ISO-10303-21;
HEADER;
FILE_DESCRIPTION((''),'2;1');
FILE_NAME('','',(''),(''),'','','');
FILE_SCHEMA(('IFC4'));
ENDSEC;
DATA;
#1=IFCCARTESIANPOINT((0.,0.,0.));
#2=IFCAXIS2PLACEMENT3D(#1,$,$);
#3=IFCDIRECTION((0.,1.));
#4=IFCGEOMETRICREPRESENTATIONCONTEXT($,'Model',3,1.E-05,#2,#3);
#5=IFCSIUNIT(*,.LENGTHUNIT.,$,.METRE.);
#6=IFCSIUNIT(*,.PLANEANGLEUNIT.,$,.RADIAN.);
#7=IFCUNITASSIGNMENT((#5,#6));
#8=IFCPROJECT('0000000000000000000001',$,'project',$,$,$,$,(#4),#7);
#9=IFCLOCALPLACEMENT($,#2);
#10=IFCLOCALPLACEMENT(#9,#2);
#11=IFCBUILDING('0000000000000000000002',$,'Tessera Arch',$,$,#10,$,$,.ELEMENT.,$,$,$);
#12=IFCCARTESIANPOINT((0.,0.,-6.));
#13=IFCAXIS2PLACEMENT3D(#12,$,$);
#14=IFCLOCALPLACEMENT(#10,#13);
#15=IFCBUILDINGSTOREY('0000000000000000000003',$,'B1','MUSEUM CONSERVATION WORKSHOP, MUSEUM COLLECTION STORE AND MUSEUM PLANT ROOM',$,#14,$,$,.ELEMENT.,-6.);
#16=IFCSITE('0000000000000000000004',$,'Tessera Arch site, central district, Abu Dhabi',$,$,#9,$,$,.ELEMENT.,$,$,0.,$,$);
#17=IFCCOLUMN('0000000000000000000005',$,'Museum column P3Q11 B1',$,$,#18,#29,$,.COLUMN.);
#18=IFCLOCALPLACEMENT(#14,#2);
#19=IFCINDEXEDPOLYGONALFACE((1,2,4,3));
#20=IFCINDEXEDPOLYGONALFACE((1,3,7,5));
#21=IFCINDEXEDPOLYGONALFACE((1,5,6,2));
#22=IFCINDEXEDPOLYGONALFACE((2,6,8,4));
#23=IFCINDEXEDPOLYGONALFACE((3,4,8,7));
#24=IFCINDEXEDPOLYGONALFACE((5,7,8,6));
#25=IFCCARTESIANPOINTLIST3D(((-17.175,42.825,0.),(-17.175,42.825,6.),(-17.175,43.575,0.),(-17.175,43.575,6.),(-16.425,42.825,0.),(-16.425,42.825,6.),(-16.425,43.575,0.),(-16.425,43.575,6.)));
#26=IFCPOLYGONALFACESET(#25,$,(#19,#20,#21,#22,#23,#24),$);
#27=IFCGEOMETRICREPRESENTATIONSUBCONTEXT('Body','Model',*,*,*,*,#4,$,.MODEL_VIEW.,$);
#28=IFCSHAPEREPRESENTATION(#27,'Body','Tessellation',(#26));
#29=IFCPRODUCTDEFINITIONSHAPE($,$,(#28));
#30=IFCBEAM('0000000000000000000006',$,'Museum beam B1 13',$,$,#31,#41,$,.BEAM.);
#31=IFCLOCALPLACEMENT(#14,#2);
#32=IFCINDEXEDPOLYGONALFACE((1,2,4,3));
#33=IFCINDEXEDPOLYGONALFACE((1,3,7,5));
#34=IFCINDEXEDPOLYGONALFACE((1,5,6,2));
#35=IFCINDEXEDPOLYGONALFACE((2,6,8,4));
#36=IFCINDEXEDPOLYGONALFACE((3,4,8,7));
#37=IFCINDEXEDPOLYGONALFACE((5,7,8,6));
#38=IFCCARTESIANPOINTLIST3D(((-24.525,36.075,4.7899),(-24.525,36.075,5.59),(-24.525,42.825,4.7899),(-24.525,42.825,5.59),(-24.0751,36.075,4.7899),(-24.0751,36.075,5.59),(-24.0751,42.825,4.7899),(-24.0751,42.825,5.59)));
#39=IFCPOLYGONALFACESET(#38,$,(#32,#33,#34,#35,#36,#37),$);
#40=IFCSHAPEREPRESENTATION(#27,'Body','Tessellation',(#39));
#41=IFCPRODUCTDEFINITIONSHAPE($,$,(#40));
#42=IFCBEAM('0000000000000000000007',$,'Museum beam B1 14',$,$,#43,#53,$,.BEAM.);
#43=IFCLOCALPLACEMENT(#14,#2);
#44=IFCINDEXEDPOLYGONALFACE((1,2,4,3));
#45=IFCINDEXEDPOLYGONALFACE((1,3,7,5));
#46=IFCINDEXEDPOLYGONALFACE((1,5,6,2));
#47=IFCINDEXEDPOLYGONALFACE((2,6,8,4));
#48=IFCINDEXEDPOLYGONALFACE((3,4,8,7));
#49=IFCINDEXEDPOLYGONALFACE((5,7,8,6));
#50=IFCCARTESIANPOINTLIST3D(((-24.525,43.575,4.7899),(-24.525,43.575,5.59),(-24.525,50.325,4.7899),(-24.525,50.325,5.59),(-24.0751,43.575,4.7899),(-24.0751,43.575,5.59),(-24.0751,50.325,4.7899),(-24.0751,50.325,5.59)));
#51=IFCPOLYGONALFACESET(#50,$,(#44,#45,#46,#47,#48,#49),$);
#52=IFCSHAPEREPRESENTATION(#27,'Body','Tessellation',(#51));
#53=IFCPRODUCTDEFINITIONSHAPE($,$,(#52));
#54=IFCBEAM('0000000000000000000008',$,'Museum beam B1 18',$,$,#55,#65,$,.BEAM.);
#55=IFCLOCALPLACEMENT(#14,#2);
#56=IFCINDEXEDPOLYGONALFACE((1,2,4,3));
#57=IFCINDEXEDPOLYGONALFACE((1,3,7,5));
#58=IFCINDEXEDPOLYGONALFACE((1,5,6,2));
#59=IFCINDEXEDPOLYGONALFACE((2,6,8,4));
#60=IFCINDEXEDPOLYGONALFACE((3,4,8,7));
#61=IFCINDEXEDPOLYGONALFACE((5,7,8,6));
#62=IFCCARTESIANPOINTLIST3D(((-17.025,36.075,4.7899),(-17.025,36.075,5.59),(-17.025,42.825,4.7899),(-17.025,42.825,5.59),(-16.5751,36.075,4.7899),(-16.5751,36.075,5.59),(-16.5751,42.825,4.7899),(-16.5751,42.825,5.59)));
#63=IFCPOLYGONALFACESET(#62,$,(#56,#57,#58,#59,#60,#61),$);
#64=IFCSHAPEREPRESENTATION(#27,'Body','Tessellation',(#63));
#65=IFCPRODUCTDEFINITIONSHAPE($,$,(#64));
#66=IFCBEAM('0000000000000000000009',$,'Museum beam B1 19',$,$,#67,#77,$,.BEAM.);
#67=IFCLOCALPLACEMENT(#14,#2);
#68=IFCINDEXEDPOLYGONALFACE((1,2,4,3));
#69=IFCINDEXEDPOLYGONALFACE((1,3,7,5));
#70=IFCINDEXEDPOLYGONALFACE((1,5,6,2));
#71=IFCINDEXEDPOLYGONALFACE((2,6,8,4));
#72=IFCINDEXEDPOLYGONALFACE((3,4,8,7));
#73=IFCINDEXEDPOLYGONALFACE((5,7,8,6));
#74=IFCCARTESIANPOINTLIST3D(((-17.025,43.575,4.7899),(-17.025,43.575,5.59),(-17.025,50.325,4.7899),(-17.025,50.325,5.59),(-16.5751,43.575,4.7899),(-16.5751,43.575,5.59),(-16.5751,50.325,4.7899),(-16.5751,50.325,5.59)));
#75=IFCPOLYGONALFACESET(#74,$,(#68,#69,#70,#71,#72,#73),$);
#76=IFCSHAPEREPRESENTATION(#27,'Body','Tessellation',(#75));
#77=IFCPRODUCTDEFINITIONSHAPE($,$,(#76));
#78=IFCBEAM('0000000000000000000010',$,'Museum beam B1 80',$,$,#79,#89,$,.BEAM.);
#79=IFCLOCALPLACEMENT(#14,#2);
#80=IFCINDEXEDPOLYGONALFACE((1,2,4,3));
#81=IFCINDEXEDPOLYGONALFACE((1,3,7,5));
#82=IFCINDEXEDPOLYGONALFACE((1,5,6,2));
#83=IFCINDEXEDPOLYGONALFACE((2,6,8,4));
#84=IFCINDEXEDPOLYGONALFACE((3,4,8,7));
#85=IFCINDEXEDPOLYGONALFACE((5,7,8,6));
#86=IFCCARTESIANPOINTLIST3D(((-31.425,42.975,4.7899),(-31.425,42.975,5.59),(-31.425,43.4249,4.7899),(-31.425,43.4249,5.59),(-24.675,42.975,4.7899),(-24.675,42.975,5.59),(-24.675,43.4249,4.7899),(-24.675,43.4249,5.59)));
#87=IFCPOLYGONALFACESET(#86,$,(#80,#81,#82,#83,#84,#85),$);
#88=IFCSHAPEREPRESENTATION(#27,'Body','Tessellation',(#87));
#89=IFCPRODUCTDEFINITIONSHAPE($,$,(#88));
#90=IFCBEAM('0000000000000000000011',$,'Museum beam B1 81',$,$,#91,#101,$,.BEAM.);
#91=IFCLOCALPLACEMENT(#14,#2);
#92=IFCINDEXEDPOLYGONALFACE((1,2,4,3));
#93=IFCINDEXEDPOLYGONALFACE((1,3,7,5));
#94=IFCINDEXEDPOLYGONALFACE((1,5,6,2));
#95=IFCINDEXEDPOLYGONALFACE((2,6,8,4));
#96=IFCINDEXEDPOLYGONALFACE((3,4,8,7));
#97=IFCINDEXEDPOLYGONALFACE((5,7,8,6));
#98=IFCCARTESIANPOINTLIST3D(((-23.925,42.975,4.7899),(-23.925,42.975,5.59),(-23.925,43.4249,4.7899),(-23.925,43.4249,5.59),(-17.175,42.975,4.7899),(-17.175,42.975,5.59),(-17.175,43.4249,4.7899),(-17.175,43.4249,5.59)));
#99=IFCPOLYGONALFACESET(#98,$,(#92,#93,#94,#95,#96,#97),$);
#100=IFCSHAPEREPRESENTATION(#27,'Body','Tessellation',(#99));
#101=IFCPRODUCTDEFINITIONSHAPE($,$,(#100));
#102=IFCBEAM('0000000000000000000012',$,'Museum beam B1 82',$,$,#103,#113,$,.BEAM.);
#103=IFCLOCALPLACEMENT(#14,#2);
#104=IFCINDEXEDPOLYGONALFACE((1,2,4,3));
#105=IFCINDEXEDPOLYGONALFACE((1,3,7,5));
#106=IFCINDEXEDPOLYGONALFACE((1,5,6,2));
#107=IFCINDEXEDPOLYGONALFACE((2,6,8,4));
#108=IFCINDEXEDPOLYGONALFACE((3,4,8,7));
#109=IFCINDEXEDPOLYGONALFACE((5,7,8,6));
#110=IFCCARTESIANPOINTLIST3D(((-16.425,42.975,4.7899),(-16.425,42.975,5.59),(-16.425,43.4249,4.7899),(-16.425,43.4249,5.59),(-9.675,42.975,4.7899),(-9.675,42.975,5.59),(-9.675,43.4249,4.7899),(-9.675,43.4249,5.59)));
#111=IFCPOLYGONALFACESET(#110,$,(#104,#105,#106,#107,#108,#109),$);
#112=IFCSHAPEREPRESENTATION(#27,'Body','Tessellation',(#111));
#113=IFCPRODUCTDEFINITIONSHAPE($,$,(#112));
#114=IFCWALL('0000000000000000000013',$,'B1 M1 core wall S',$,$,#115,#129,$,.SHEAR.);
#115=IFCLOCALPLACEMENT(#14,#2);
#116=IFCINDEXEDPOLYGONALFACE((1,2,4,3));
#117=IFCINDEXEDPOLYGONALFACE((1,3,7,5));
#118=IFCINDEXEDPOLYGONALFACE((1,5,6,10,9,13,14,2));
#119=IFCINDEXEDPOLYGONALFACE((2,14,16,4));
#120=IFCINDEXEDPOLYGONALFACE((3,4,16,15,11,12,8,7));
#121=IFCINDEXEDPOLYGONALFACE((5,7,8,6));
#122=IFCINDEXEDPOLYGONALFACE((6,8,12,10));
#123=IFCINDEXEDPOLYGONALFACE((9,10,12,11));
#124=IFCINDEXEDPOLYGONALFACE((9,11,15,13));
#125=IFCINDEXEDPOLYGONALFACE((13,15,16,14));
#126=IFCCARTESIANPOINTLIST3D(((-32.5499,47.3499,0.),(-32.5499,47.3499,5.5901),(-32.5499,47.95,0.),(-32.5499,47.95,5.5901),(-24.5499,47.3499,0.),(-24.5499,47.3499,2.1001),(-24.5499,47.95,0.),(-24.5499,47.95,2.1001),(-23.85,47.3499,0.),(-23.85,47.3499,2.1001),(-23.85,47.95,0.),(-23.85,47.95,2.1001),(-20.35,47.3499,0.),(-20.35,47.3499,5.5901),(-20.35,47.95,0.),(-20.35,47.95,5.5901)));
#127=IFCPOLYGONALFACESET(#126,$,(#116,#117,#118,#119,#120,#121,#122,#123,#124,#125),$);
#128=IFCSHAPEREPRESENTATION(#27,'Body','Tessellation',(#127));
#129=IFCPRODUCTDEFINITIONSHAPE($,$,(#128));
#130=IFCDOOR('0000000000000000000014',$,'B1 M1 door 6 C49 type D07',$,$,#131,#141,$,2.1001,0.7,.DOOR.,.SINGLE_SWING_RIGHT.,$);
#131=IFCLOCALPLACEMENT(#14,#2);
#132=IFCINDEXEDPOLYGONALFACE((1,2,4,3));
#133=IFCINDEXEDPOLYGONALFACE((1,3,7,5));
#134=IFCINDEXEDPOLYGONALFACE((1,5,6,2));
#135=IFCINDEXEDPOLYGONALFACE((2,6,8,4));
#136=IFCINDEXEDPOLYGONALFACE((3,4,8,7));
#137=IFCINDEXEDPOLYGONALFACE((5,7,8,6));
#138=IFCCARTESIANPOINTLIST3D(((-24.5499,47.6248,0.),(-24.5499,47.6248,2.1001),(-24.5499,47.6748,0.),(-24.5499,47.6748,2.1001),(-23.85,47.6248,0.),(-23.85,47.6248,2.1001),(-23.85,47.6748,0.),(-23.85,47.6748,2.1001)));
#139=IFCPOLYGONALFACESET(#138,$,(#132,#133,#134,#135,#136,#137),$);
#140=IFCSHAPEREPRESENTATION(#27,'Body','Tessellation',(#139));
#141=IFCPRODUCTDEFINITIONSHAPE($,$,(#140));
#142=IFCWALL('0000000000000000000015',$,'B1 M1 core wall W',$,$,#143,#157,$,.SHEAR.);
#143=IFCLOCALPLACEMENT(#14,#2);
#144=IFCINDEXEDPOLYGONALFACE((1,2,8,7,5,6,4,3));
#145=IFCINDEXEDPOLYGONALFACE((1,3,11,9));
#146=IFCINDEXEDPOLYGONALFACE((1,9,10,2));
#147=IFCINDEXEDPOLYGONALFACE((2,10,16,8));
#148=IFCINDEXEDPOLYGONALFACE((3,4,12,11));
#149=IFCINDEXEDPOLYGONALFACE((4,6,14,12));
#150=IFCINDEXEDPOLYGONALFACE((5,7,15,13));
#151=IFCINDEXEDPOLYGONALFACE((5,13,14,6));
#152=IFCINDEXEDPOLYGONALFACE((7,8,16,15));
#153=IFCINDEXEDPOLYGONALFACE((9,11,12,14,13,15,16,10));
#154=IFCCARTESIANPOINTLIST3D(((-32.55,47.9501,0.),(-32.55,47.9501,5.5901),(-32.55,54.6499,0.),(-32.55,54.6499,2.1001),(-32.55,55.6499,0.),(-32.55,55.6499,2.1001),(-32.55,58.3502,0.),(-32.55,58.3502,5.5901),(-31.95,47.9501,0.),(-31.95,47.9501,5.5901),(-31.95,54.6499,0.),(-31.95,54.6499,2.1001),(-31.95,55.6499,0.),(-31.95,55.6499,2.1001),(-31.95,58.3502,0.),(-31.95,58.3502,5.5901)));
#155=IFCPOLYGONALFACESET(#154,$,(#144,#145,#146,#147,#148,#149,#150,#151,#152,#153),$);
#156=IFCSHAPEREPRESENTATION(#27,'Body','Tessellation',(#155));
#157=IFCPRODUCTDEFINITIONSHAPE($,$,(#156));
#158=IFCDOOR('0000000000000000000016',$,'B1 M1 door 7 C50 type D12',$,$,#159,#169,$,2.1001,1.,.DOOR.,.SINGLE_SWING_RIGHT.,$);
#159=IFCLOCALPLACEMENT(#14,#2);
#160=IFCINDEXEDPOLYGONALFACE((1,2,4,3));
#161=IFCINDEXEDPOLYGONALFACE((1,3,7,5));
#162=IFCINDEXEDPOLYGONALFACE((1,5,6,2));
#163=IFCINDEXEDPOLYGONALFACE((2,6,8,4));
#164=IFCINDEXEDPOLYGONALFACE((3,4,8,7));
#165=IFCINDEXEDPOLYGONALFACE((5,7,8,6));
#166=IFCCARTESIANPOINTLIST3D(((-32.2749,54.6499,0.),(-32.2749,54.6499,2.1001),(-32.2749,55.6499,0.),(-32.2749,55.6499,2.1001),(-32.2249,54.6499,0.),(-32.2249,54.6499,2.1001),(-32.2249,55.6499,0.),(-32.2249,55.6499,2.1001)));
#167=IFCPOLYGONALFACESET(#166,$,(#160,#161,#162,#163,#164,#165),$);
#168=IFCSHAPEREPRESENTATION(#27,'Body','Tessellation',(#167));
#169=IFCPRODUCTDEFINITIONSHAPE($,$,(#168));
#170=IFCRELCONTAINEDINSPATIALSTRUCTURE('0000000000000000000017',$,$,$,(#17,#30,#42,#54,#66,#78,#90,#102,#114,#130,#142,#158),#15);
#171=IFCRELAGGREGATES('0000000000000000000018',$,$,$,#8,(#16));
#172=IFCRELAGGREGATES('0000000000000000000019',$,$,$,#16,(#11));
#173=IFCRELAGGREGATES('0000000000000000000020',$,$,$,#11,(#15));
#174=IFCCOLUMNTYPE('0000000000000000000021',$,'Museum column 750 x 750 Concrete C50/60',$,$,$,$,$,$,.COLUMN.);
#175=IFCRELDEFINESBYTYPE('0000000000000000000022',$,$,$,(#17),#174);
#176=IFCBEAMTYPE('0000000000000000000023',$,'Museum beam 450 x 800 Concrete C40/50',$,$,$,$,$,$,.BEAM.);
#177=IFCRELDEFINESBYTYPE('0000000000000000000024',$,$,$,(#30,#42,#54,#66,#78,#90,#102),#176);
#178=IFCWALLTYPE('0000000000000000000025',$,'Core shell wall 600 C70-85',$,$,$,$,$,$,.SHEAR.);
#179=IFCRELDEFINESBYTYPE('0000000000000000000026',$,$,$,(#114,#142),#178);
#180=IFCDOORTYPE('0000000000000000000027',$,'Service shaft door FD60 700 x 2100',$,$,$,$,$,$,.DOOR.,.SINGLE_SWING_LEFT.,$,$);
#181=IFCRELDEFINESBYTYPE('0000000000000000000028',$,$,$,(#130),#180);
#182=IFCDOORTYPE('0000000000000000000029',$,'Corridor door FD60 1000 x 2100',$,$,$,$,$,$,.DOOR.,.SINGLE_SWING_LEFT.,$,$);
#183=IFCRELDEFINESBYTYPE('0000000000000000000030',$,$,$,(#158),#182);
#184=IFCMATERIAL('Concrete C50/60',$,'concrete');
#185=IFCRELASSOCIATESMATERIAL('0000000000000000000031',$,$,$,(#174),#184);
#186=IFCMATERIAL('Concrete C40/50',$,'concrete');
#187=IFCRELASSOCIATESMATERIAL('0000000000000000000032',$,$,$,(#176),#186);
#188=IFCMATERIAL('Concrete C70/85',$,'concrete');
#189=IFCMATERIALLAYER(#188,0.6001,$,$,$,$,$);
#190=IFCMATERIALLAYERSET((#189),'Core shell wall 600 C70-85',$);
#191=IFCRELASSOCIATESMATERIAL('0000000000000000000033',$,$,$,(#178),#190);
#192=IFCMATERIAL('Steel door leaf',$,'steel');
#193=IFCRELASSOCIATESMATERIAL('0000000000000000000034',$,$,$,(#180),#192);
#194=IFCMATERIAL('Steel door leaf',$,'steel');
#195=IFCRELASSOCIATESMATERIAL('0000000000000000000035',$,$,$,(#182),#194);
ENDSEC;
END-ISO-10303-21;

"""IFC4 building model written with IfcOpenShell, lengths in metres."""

from ifc_helpers import new_model, si_unit, direction, frame, frame_2d, origin, origin_2d, place, context, subcontext, project, spatial, rectangle, extrude, material, layer, layer_set, material_profile, profile_set, type_object, element, fill, save


model = new_model("IFC4")

# Units and contexts
model_context = context("Model", 3, precision=1e-05, world=origin(), true_north=direction((0.0, 1.0)))
body_context = subcontext(model_context, "Body", "Model", "MODEL_VIEW")
ifc_project = project(units=[si_unit("LENGTHUNIT", "METRE"), si_unit("PLANEANGLEUNIT", "RADIAN")], contexts=[model_context])

# Site, building, storey
site_placement = place(None, origin())
site = spatial("IfcSite", under=ifc_project, at=site_placement, Name="Tessera Arch site, central district, Abu Dhabi", CompositionType="ELEMENT", RefElevation=0.0)
building_placement = place(site_placement, origin())
building = spatial("IfcBuilding", under=site, at=building_placement, Name="Tessera Arch", CompositionType="ELEMENT")
storey_placement = place(building_placement, frame((0.0, 0.0, -6.0)))
storey = spatial("IfcBuildingStorey", under=building, at=storey_placement, Name="B1", Description="MUSEUM CONSERVATION WORKSHOP, MUSEUM COLLECTION STORE AND MUSEUM PLANT ROOM", CompositionType="ELEMENT", Elevation=-6.0)

# Column
ifc_material_1 = material(Name="Concrete C50/60", Category="concrete")
ifc_material_profile_1 = material_profile(ifc_material_1, rectangle(XDim=0.75, YDim=0.75, at=origin_2d()), Name="Museum column 750 x 750 Concrete C50/60")
ifc_profile_set_1 = profile_set([ifc_material_profile_1], Name="Concrete C50/60")
column_type = type_object("IfcColumnType", Name="Museum column 750 x 750 Concrete C50/60", PredefinedType="COLUMN", material=ifc_profile_set_1)
for number, where, z_axis, x_axis, name in (
    (1, (-16.8, 43.2, 0.0), (0.0, 0.0, 1.0), (1.0, 0.0, 0.0), "Museum column P3Q11 B1"),
):
    element("IfcColumn", number, at=place(storey_placement, frame(where, z_axis=z_axis, x_axis=x_axis)), inside=storey, type_object=column_type, Name=name, PredefinedType="COLUMN", context=body_context, shape_type="SweptSolid", body=[
        extrude(rectangle(XDim=0.75, YDim=0.75, at=origin_2d()), origin(), (0.0, 0.0, 1.0), 6.0),
    ])

# Beams
ifc_material_2 = material(Name="Concrete C40/50", Category="concrete")
ifc_material_profile_2 = material_profile(ifc_material_2, rectangle(XDim=0.45, YDim=0.8, at=origin_2d()), Name="Museum beam 450 x 800 Concrete C40/50")
ifc_profile_set_2 = profile_set([ifc_material_profile_2], Name="Concrete C40/50")
beam_type = type_object("IfcBeamType", Name="Museum beam 450 x 800 Concrete C40/50", PredefinedType="BEAM", material=ifc_profile_set_2)
for number, where, z_axis, x_axis, name in (
    (2, (-24.3, 36.075, 5.1899), (0.0, 1.0, 0.0), (-1.0, 0.0, 0.0), "Museum beam B1 13"),
    (3, (-24.3, 43.575, 5.1899), (0.0, 1.0, 0.0), (-1.0, 0.0, 0.0), "Museum beam B1 14"),
    (4, (-16.8, 36.075, 5.1899), (0.0, 1.0, 0.0), (-1.0, 0.0, 0.0), "Museum beam B1 18"),
    (5, (-16.8, 43.575, 5.1899), (0.0, 1.0, 0.0), (-1.0, 0.0, 0.0), "Museum beam B1 19"),
    (6, (-31.425, 43.2, 5.1899), (1.0, 0.0, 0.0), (0.0, 1.0, 0.0), "Museum beam B1 80"),
    (7, (-23.925, 43.2, 5.1899), (1.0, 0.0, 0.0), (0.0, 1.0, 0.0), "Museum beam B1 81"),
    (8, (-16.425, 43.2, 5.1899), (1.0, 0.0, 0.0), (0.0, 1.0, 0.0), "Museum beam B1 82"),
):
    element("IfcBeam", number, at=place(storey_placement, frame(where, z_axis=z_axis, x_axis=x_axis)), inside=storey, type_object=beam_type, Name=name, PredefinedType="BEAM", context=body_context, shape_type="SweptSolid", body=[
        extrude(rectangle(XDim=0.45, YDim=0.8, at=origin_2d()), origin(), (0.0, 0.0, 1.0), 6.75),
    ])

# Walls, openings, doors
ifc_material_3 = material(Name="Concrete C70/85", Category="concrete")
ifc_layer_1 = layer(ifc_material_3, 0.6001)
ifc_layer_set_1 = layer_set([ifc_layer_1], Name="Core shell wall 600 C70-85")
wall_type_1 = type_object("IfcWallType", Name="Core shell wall 600 C70-85", PredefinedType="SHEAR", material=ifc_layer_set_1)
wall_1_placement = place(storey_placement, frame((-32.55, 47.6499, 0.0), z_axis=(0.0, 0.0, 1.0), x_axis=(1.0, 0.0, 0.0)))
wall_1 = element("IfcWall", 9, at=wall_1_placement, inside=storey, type_object=wall_type_1, Name="B1 M1 core wall S", PredefinedType="SHEAR", context=body_context, shape_type="SweptSolid", body=[
    extrude(rectangle(XDim=12.2, YDim=0.6001, at=frame_2d((6.1001, 0.0))), origin(), (0.0, 0.0, 1.0), 5.5901),
])
opening_1_placement = place(wall_1_placement, frame((8.0, 0.0, 0.0)))
opening_1 = element("IfcOpeningElement", 10, at=opening_1_placement, cuts=wall_1, PredefinedType="OPENING", context=body_context, shape_type="SweptSolid", body=[
    extrude(rectangle(XDim=0.7, YDim=2.1001, at=frame_2d((0.3501, 1.05))), frame((0.0, 0.3101, 0.0), z_axis=(0.0, -1.0, 0.0), x_axis=(1.0, 0.0, 0.0)), (0.0, 0.0, 1.0), 0.6201),
])
ifc_material_4 = material(Name="Steel door leaf", Category="steel")
door_type_1 = type_object("IfcDoorType", Name="Service shaft door FD60 700 x 2100", OperationType="SINGLE_SWING_LEFT", PredefinedType="DOOR", material=ifc_material_4)
door_1_placement = place(opening_1_placement, origin())
door_1 = element("IfcDoor", 11, at=door_1_placement, inside=storey, type_object=door_type_1, Name="B1 M1 door 6 C49 type D07", OperationType="SINGLE_SWING_RIGHT", OverallHeight=2.1001, OverallWidth=0.7, PredefinedType="DOOR", context=body_context, shape_type="SweptSolid", body=[
    extrude(rectangle(XDim=0.7, YDim=2.1001, at=frame_2d((0.3501, 1.05))), frame((0.0, 0.0249, 0.0), z_axis=(0.0, -1.0, 0.0), x_axis=(1.0, 0.0, 0.0)), (0.0, 0.0, 1.0), 0.05),
])
fill(opening_1, door_1)
wall_2_placement = place(storey_placement, frame((-32.25, 47.95, 0.0), z_axis=(0.0, 0.0, 1.0), x_axis=(0.0, 1.0, 0.0)))
wall_2 = element("IfcWall", 12, at=wall_2_placement, inside=storey, type_object=wall_type_1, Name="B1 M1 core wall W", PredefinedType="SHEAR", context=body_context, shape_type="SweptSolid", body=[
    extrude(rectangle(XDim=10.4001, YDim=0.6001, at=frame_2d((5.2002, 0.0))), origin(), (0.0, 0.0, 1.0), 5.5901),
])
opening_2_placement = place(wall_2_placement, frame((6.7, 0.0, 0.0)))
opening_2 = element("IfcOpeningElement", 13, at=opening_2_placement, cuts=wall_2, PredefinedType="OPENING", context=body_context, shape_type="SweptSolid", body=[
    extrude(rectangle(XDim=1.0, YDim=2.1001, at=frame_2d((0.5, 1.05))), frame((0.0, 0.3101, 0.0), z_axis=(0.0, -1.0, 0.0), x_axis=(1.0, 0.0, 0.0)), (0.0, 0.0, 1.0), 0.6201),
])
ifc_material_5 = material(Name="Steel door leaf", Category="steel")
door_type_2 = type_object("IfcDoorType", Name="Corridor door FD60 1000 x 2100", OperationType="SINGLE_SWING_LEFT", PredefinedType="DOOR", material=ifc_material_5)
door_2_placement = place(opening_2_placement, origin())
door_2 = element("IfcDoor", 14, at=door_2_placement, inside=storey, type_object=door_type_2, Name="B1 M1 door 7 C50 type D12", OperationType="SINGLE_SWING_RIGHT", OverallHeight=2.1001, OverallWidth=1.0, PredefinedType="DOOR", context=body_context, shape_type="SweptSolid", body=[
    extrude(rectangle(XDim=1.0, YDim=2.1001, at=frame_2d((0.5, 1.05))), frame((0.0, 0.0249, 0.0), z_axis=(0.0, -1.0, 0.0), x_axis=(1.0, 0.0, 0.0)), (0.0, 0.0, 1.0), 0.05),
])
fill(opening_2, door_2)

save(model, "model.ifc")
